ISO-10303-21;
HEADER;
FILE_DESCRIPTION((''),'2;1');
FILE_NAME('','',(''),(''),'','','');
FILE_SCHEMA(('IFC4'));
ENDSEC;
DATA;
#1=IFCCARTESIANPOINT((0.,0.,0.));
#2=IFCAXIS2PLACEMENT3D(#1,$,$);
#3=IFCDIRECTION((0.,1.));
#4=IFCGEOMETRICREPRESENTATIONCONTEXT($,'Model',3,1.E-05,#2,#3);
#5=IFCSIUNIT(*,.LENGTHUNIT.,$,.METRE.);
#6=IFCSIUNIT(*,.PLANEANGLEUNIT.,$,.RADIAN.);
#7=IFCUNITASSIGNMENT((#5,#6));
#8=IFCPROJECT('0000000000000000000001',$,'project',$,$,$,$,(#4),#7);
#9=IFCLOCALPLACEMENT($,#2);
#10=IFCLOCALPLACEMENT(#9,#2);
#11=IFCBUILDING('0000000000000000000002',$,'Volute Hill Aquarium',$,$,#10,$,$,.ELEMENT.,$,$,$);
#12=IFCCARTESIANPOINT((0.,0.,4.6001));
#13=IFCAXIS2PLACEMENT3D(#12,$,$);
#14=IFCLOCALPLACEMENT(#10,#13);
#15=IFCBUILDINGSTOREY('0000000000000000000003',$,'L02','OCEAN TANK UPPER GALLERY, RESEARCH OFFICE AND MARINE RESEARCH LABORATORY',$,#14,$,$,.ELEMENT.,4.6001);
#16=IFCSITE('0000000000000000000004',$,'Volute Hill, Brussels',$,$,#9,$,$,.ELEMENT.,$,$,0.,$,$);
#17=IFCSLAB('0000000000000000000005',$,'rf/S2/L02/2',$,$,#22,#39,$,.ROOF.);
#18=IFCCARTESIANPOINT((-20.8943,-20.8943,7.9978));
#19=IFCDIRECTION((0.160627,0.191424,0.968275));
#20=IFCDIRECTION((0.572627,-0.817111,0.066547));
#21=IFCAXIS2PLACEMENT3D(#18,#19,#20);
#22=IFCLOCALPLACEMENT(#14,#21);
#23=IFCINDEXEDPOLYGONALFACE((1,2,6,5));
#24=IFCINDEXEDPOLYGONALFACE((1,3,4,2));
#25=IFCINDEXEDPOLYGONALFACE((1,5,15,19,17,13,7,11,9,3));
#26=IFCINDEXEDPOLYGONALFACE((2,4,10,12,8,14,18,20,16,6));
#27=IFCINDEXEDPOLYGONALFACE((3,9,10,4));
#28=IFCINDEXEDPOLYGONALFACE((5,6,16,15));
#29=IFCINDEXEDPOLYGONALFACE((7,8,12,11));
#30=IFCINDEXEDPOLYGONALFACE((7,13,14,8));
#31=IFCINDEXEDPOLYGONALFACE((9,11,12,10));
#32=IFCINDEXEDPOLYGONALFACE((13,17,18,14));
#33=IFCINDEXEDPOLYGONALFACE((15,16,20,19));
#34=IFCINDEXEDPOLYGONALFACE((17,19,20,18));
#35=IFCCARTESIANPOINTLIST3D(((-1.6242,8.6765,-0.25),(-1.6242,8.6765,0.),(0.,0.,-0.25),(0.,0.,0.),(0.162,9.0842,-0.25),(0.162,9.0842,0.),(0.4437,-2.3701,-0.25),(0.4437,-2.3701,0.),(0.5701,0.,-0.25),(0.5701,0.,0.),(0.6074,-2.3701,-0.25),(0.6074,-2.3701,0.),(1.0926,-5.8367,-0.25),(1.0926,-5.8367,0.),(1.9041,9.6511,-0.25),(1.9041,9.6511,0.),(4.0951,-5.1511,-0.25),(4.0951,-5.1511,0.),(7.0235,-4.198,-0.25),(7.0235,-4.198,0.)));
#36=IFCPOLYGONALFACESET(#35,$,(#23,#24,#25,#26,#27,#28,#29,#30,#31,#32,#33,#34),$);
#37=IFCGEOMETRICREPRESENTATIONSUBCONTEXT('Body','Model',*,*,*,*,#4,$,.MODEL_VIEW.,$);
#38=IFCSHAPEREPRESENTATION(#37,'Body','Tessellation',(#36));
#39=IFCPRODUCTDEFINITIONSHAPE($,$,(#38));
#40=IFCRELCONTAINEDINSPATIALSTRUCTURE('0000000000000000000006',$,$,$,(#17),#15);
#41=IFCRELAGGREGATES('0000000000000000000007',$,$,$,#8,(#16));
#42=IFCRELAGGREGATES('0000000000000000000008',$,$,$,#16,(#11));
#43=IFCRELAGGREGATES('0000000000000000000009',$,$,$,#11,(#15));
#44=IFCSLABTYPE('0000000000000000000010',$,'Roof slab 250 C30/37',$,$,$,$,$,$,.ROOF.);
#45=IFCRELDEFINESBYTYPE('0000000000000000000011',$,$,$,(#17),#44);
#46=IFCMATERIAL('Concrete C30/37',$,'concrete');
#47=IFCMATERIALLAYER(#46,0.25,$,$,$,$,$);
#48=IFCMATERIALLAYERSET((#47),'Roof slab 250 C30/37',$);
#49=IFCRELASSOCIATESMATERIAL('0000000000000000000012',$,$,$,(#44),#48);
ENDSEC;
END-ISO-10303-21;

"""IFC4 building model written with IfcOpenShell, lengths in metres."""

from ifc_helpers import new_model, si_unit, direction, frame, origin, place, context, subcontext, project, spatial, polyline, outline, extrude, material, layer, layer_set, type_object, element, save


model = new_model("IFC4")

# Units and contexts
model_context = context("Model", 3, precision=1e-05, world=origin(), true_north=direction((0.0, 1.0)))
body_context = subcontext(model_context, "Body", "Model", "MODEL_VIEW")
ifc_project = project(units=[si_unit("LENGTHUNIT", "METRE"), si_unit("PLANEANGLEUNIT", "RADIAN")], contexts=[model_context])

# Site, building, storey
site_placement = place(None, origin())
site = spatial("IfcSite", under=ifc_project, at=site_placement, Name="Volute Hill, Brussels", CompositionType="ELEMENT", RefElevation=0.0)
building_placement = place(site_placement, origin())
building = spatial("IfcBuilding", under=site, at=building_placement, Name="Volute Hill Aquarium", CompositionType="ELEMENT")
storey_placement = place(building_placement, frame((0.0, 0.0, 4.6001)))
storey = spatial("IfcBuildingStorey", under=building, at=storey_placement, Name="L02", Description="OCEAN TANK UPPER GALLERY, RESEARCH OFFICE AND MARINE RESEARCH LABORATORY", CompositionType="ELEMENT", Elevation=4.6001)

# Slab
ifc_material_1 = material(Name="Concrete C30/37", Category="concrete")
ifc_layer_1 = layer(ifc_material_1, 0.25)
ifc_layer_set_1 = layer_set([ifc_layer_1], Name="Roof slab 250 C30/37")
slab_type = type_object("IfcSlabType", Name="Roof slab 250 C30/37", PredefinedType="ROOF", material=ifc_layer_set_1)
slab_placement = place(storey_placement, frame((-20.8943, -20.8943, 7.9978), z_axis=(0.160627, 0.191424, 0.968275), x_axis=(0.572627, -0.817111, 0.066547)))
element("IfcSlab", 1, at=slab_placement, inside=storey, type_object=slab_type, Name="rf/S2/L02/2", PredefinedType="ROOF", context=body_context, shape_type="SweptSolid", body=[
    extrude(outline(polyline([(0.0, 0.0), (0.5701, 0.0), (0.6074, -2.3701), (0.4437, -2.3701), (1.0926, -5.8367), (4.0951, -5.1511), (7.0235, -4.198), (1.9041, 9.6511), (0.162, 9.0842), (-1.6242, 8.6765), (0.0, 0.0)])), origin(), (0.0, 0.0, -1.0), 0.25),
])

save(model, "model.ifc")
